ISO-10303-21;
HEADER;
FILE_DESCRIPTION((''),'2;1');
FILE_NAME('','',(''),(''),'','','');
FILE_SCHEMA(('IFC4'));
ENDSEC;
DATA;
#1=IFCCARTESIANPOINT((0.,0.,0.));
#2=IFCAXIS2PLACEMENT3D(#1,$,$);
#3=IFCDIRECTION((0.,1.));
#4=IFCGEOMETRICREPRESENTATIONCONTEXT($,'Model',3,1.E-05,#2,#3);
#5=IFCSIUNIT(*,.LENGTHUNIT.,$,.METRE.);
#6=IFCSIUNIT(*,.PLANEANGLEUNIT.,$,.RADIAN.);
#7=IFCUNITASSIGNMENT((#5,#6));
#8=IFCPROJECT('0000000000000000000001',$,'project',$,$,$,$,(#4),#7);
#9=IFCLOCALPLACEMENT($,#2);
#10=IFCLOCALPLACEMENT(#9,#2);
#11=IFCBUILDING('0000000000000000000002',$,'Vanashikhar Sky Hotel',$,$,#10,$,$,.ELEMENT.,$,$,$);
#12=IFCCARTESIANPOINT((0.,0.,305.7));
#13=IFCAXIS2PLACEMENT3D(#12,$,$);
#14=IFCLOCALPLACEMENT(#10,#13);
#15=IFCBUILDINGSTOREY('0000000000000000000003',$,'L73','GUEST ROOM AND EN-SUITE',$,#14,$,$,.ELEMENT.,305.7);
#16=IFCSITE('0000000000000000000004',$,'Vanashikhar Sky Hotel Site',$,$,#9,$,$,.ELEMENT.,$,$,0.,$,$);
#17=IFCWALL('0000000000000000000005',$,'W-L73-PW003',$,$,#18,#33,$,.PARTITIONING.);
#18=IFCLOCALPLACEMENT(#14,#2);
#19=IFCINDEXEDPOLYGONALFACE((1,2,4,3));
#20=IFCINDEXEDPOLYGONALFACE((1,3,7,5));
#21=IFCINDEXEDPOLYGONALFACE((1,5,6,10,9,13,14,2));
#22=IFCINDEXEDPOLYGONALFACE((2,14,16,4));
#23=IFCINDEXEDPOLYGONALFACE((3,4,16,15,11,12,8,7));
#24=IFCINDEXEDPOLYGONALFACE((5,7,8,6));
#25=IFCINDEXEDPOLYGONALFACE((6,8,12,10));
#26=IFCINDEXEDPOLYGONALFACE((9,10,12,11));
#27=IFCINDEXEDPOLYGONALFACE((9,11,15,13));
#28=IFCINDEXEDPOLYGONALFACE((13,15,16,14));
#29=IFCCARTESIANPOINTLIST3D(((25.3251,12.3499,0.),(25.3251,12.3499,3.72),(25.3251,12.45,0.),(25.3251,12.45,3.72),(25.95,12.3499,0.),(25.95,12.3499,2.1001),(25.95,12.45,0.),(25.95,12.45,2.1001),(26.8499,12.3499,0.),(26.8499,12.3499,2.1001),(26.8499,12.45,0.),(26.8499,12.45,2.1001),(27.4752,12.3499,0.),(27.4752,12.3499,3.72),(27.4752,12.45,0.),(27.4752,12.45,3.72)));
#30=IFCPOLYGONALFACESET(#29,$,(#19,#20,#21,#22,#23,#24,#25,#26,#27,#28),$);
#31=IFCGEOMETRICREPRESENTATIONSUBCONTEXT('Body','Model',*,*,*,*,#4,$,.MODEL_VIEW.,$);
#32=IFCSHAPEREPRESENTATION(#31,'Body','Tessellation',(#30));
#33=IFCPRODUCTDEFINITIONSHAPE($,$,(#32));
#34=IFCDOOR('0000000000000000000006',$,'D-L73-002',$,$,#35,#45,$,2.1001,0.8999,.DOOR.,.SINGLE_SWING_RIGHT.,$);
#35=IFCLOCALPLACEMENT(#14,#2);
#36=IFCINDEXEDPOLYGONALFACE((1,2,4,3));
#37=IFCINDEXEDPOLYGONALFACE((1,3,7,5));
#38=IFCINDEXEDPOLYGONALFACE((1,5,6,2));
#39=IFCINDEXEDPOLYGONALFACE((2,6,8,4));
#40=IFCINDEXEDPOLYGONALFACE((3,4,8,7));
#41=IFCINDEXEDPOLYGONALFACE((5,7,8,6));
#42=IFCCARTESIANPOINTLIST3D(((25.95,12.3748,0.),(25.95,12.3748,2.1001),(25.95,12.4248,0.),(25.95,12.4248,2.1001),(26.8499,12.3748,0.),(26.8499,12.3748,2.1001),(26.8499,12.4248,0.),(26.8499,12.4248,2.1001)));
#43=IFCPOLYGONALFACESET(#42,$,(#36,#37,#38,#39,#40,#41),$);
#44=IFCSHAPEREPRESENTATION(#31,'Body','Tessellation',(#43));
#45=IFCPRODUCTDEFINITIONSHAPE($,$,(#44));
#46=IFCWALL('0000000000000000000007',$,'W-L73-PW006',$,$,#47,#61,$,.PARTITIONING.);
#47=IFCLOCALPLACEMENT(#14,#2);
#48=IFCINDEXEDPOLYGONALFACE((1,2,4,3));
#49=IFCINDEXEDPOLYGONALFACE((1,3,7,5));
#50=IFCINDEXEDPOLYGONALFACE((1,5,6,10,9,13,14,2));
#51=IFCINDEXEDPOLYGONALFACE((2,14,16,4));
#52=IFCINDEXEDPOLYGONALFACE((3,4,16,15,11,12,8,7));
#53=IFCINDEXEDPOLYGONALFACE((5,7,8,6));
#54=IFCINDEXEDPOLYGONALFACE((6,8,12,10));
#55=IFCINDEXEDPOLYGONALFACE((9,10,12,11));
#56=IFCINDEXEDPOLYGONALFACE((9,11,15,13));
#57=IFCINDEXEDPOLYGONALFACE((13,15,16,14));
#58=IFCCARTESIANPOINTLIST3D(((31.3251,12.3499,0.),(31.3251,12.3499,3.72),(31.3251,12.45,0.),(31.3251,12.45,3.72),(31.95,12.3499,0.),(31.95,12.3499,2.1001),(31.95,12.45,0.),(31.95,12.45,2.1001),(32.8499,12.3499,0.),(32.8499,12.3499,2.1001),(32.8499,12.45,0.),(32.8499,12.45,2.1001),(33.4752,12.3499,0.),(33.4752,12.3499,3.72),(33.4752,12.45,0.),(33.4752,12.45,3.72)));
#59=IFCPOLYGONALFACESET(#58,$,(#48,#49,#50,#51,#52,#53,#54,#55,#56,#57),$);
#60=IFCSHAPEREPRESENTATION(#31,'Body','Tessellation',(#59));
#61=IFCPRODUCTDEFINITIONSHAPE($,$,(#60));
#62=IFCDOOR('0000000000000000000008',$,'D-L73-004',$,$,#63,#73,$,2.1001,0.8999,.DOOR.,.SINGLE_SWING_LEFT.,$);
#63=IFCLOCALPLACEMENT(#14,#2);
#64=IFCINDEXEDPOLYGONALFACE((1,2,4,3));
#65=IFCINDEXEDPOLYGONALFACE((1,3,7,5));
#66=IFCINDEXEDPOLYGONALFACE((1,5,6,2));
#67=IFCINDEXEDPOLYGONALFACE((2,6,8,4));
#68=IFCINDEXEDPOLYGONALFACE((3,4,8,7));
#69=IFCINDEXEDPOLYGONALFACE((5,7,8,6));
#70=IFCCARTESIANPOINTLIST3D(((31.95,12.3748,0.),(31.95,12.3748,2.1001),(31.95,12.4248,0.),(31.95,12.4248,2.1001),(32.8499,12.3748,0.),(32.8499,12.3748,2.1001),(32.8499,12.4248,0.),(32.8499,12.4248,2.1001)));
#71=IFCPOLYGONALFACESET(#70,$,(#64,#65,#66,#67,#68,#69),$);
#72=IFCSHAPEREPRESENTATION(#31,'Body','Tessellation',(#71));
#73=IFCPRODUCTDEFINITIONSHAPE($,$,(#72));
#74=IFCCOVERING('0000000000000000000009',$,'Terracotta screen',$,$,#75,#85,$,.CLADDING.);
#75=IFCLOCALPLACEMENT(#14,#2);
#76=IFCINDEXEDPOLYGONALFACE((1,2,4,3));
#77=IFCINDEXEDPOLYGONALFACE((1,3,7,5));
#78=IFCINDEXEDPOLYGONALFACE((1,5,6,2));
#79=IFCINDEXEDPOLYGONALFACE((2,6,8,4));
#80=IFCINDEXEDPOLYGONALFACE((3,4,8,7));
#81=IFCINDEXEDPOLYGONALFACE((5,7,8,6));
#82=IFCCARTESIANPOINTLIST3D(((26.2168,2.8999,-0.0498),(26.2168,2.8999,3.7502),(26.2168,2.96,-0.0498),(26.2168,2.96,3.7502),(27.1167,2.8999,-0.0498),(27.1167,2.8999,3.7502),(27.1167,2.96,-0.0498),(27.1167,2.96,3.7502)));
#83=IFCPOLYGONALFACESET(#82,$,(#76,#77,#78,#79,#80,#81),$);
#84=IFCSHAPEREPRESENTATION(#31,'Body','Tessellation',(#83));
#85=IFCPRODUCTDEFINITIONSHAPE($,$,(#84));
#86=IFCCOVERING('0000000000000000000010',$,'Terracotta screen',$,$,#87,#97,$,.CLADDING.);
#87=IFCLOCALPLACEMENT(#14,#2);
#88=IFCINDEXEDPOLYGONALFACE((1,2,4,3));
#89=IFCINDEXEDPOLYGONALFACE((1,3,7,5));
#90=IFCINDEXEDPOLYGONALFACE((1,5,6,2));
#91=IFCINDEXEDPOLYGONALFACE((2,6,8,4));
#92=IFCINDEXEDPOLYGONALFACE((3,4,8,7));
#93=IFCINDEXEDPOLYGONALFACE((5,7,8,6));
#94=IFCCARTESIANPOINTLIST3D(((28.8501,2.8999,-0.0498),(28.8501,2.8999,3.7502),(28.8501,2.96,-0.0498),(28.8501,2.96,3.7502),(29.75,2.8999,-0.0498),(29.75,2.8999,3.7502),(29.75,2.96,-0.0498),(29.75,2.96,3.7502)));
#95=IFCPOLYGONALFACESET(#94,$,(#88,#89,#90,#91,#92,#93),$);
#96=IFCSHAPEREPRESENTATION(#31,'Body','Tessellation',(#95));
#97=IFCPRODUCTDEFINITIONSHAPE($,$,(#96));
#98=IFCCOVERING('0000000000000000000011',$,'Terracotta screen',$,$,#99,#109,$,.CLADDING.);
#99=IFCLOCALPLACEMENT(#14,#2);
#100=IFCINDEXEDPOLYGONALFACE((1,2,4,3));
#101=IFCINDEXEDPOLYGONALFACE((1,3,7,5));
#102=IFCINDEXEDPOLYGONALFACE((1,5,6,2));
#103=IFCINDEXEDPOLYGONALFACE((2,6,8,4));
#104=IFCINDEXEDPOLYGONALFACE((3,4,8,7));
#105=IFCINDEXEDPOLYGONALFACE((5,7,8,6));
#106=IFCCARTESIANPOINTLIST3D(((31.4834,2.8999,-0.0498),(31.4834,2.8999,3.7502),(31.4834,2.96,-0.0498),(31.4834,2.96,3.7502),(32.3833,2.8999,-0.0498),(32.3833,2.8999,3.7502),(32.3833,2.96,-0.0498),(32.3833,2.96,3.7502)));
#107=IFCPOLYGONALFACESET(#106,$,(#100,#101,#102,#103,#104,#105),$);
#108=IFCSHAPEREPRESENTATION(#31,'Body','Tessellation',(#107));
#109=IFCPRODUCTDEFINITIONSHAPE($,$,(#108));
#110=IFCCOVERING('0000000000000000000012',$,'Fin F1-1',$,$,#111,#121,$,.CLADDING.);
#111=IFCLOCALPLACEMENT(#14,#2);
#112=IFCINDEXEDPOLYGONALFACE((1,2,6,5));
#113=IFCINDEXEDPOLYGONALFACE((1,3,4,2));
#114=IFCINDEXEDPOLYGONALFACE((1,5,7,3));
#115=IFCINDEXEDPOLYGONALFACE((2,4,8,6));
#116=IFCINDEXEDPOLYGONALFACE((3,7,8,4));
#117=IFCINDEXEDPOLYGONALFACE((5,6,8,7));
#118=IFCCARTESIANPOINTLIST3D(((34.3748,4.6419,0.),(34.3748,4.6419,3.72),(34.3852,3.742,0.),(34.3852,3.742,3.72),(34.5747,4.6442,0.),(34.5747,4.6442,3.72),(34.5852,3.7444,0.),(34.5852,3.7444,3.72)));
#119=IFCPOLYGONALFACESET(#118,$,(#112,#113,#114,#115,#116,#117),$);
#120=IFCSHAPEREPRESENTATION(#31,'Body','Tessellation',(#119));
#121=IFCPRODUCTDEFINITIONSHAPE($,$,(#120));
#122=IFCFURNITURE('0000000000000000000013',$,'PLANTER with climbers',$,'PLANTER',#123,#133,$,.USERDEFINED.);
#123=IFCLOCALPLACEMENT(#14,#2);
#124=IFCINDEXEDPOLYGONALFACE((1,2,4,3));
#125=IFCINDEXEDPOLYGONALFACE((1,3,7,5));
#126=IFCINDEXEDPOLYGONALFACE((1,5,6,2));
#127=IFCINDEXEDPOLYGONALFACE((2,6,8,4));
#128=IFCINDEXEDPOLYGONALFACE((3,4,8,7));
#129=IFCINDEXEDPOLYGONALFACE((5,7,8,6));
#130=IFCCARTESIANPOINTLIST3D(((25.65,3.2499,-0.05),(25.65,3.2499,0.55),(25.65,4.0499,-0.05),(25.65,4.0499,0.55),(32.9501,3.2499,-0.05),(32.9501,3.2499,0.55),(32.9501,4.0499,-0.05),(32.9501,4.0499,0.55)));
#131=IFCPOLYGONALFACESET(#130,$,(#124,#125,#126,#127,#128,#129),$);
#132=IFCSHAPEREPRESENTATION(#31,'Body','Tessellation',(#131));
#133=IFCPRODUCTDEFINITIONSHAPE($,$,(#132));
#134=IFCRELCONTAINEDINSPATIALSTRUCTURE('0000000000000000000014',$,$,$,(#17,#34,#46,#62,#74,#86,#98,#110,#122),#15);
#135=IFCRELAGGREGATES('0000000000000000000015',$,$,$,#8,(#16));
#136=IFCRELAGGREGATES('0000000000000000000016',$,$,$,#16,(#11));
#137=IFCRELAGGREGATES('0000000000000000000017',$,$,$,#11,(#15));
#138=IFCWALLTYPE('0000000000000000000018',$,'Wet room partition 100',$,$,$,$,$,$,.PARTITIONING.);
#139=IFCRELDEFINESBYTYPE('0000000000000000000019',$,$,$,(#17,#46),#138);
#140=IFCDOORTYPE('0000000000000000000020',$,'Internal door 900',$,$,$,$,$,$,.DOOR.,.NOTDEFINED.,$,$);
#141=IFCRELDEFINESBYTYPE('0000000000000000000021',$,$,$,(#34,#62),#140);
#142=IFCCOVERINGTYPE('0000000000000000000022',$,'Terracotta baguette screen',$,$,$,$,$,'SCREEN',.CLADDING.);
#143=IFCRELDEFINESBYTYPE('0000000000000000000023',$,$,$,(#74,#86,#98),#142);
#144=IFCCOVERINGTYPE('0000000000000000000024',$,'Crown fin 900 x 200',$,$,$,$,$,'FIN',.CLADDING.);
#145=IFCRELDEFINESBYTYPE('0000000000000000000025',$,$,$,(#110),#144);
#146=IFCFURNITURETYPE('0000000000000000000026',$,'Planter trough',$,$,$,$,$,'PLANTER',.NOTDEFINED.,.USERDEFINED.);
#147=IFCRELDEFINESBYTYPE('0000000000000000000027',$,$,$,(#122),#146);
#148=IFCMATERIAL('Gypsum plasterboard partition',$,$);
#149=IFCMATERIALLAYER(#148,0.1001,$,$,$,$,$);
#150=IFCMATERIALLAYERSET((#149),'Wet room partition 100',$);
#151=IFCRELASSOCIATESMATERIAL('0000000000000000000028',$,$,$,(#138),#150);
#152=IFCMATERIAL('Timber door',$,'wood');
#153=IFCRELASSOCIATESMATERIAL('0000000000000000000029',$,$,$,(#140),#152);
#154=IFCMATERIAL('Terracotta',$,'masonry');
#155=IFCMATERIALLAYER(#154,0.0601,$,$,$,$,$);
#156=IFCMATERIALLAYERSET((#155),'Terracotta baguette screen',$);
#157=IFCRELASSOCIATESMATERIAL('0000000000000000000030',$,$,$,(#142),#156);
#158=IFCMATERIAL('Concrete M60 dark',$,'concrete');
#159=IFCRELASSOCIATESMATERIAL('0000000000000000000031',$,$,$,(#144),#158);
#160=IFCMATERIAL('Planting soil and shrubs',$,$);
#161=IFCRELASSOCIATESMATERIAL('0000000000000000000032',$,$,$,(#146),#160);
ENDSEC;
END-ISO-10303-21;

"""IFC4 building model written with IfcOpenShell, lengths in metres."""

from ifc_helpers import new_model, si_unit, direction, frame, frame_2d, origin, origin_2d, place, context, subcontext, project, spatial, rectangle, extrude, source, transform, mapped, material, layer, layer_set, material_profile, profile_set, type_object, element, fill, save


model = new_model("IFC4")

# Units and contexts
model_context = context("Model", 3, precision=1e-05, world=origin(), true_north=direction((0.0, 1.0)))
body_context = subcontext(model_context, "Body", "Model", "MODEL_VIEW")
ifc_project = project(units=[si_unit("LENGTHUNIT", "METRE"), si_unit("PLANEANGLEUNIT", "RADIAN")], contexts=[model_context])

# Site, building, storey
site_placement = place(None, origin())
site = spatial("IfcSite", under=ifc_project, at=site_placement, Name="Vanashikhar Sky Hotel Site", CompositionType="ELEMENT", RefElevation=0.0)
building_placement = place(site_placement, origin())
building = spatial("IfcBuilding", under=site, at=building_placement, Name="Vanashikhar Sky Hotel", CompositionType="ELEMENT")
storey_placement = place(building_placement, frame((0.0, 0.0, 305.7)))
storey = spatial("IfcBuildingStorey", under=building, at=storey_placement, Name="L73", Description="GUEST ROOM AND EN-SUITE", CompositionType="ELEMENT", Elevation=305.7)

# Shared definitions
ifc_material_1 = material(Name="Gypsum plasterboard partition")
ifc_layer_1 = layer(ifc_material_1, 0.1001)
ifc_layer_set_1 = layer_set([ifc_layer_1], Name="Wet room partition 100")
wall_type_1 = type_object("IfcWallType", Name="Wet room partition 100", PredefinedType="PARTITIONING", material=ifc_layer_set_1)

# Walls, openings, doors
shared_shape_1 = source(origin(), body_context, "Body", "SweptSolid", [
    extrude(rectangle(XDim=2.1501, YDim=0.1001, at=frame_2d((1.0752, 0.0))), origin(), (0.0, 0.0, 1.0), 3.72),
])
wall_1_placement = place(storey_placement, frame((25.325, 12.3999, 0.0), z_axis=(0.0, 0.0, 1.0), x_axis=(1.0, 0.0, 0.0)))
wall_1 = element("IfcWall", 1, at=wall_1_placement, inside=storey, type_object=wall_type_1, Name="W-L73-PW003", PredefinedType="PARTITIONING", context=body_context, shape_type="MappedRepresentation", body=[
    mapped(shared_shape_1, transform((0.0, 0.0, 0.0), scale=1.0)),
])
shared_shape_2 = source(origin(), body_context, "Body", "SweptSolid", [
    extrude(rectangle(XDim=0.8999, YDim=2.1001, at=frame_2d((0.45, 1.05))), frame((0.0, 0.0601, 0.0), z_axis=(0.0, -1.0, 0.0), x_axis=(1.0, 0.0, 0.0)), (0.0, 0.0, 1.0), 0.1201),
])
opening_1_placement = place(wall_1_placement, frame((0.625, 0.0, 0.0)))
opening_1 = element("IfcOpeningElement", 2, at=opening_1_placement, cuts=wall_1, PredefinedType="OPENING", context=body_context, shape_type="MappedRepresentation", body=[
    mapped(shared_shape_2, transform((0.0, 0.0, 0.0), scale=1.0)),
])
ifc_material_2 = material(Name="Timber door", Category="wood")
door_type_1 = type_object("IfcDoorType", Name="Internal door 900", OperationType="NOTDEFINED", PredefinedType="DOOR", material=ifc_material_2)
shared_shape_3 = source(origin(), body_context, "Body", "SweptSolid", [
    extrude(rectangle(XDim=0.8999, YDim=2.1001, at=frame_2d((0.45, 1.05))), frame((0.0, 0.0249, 0.0), z_axis=(0.0, -1.0, 0.0), x_axis=(1.0, 0.0, 0.0)), (0.0, 0.0, 1.0), 0.05),
])
door_1_placement = place(opening_1_placement, origin())
door_1 = element("IfcDoor", 3, at=door_1_placement, inside=storey, type_object=door_type_1, Name="D-L73-002", OperationType="SINGLE_SWING_RIGHT", OverallHeight=2.1001, OverallWidth=0.8999, PredefinedType="DOOR", context=body_context, shape_type="MappedRepresentation", body=[
    mapped(shared_shape_3, transform((0.0, 0.0, 0.0), scale=1.0)),
])
fill(opening_1, door_1)
wall_2_placement = place(storey_placement, frame((31.325, 12.3999, 0.0), z_axis=(0.0, 0.0, 1.0), x_axis=(1.0, 0.0, 0.0)))
wall_2 = element("IfcWall", 4, at=wall_2_placement, inside=storey, type_object=wall_type_1, Name="W-L73-PW006", PredefinedType="PARTITIONING", context=body_context, shape_type="MappedRepresentation", body=[
    mapped(shared_shape_1, transform((0.0, 0.0, 0.0), scale=1.0)),
])
opening_2_placement = place(wall_2_placement, frame((0.625, 0.0, 0.0)))
opening_2 = element("IfcOpeningElement", 5, at=opening_2_placement, cuts=wall_2, PredefinedType="OPENING", context=body_context, shape_type="MappedRepresentation", body=[
    mapped(shared_shape_2, transform((0.0, 0.0, 0.0), scale=1.0)),
])
door_2_placement = place(opening_2_placement, origin())
door_2 = element("IfcDoor", 6, at=door_2_placement, inside=storey, type_object=door_type_1, Name="D-L73-004", OperationType="SINGLE_SWING_LEFT", OverallHeight=2.1001, OverallWidth=0.8999, PredefinedType="DOOR", context=body_context, shape_type="MappedRepresentation", body=[
    mapped(shared_shape_3, transform((0.0, 0.0, 0.0), scale=1.0)),
])
fill(opening_2, door_2)

# Coverings
ifc_material_3 = material(Name="Terracotta", Category="masonry")
ifc_layer_2 = layer(ifc_material_3, 0.0601)
ifc_layer_set_2 = layer_set([ifc_layer_2], Name="Terracotta baguette screen")
covering_type_1 = type_object("IfcCoveringType", Name="Terracotta baguette screen", ElementType="SCREEN", PredefinedType="CLADDING", material=ifc_layer_set_2)
shared_shape_4 = source(origin(), body_context, "Body", "SweptSolid", [
    extrude(rectangle(XDim=0.8999, YDim=0.0601, at=origin_2d()), origin(), (0.0, 0.0, 1.0), 3.8),
])
for number, where, z_axis, x_axis, name in (
    (7, (26.6667, 2.9299, -0.0498), (0.0, 0.0, 1.0), (1.0, 0.0, 0.0), "Terracotta screen"),
    (8, (29.3, 2.9299, -0.0498), (0.0, 0.0, 1.0), (1.0, 0.0, 0.0), "Terracotta screen"),
    (9, (31.9333, 2.9299, -0.0498), (0.0, 0.0, 1.0), (1.0, 0.0, 0.0), "Terracotta screen"),
):
    element("IfcCovering", number, at=place(storey_placement, frame(where, z_axis=z_axis, x_axis=x_axis)), inside=storey, type_object=covering_type_1, Name=name, PredefinedType="CLADDING", context=body_context, shape_type="MappedRepresentation", body=[
        mapped(shared_shape_4, transform((0.0, 0.0, 0.0), scale=1.0)),
    ])
ifc_material_4 = material(Name="Concrete M60 dark", Category="concrete")
ifc_material_profile_1 = material_profile(ifc_material_4, rectangle(XDim=0.8999, YDim=0.2, at=origin_2d()))
ifc_profile_set_1 = profile_set([ifc_material_profile_1], Name="Crown fin 900 x 200")
covering_type_2 = type_object("IfcCoveringType", Name="Crown fin 900 x 200", ElementType="FIN", PredefinedType="CLADDING", material=ifc_profile_set_1)
shared_shape_5 = source(origin(), body_context, "Body", "SweptSolid", [
    extrude(rectangle(XDim=0.8999, YDim=0.2, at=origin_2d()), origin(), (0.0, 0.0, 1.0), 3.72),
])
covering_placement = place(storey_placement, frame((34.48, 4.1931, 0.0), z_axis=(0.0, 0.0, 1.0), x_axis=(0.011589, -0.999933, 0.0)))
element("IfcCovering", 10, at=covering_placement, inside=storey, type_object=covering_type_2, Name="Fin F1-1", PredefinedType="CLADDING", context=body_context, shape_type="MappedRepresentation", body=[
    mapped(shared_shape_5, transform((0.0, 0.0, 0.0), scale=1.0)),
])

# Furniture
ifc_material_5 = material(Name="Planting soil and shrubs")
furniture_type = type_object("IfcFurnitureType", Name="Planter trough", ElementType="PLANTER", AssemblyPlace="NOTDEFINED", PredefinedType="USERDEFINED", material=ifc_material_5)
shared_shape_6 = source(origin(), body_context, "Body", "SweptSolid", [
    extrude(rectangle(XDim=7.3, YDim=0.8, at=origin_2d()), origin(), (0.0, 0.0, 1.0), 0.6001),
])
furniture_placement = place(storey_placement, frame((29.3, 3.6499, -0.05), z_axis=(0.0, 0.0, 1.0), x_axis=(1.0, 0.0, 0.0)))
element("IfcFurniture", 11, at=furniture_placement, inside=storey, type_object=furniture_type, Name="PLANTER with climbers", ObjectType="PLANTER", PredefinedType="USERDEFINED", context=body_context, shape_type="MappedRepresentation", body=[
    mapped(shared_shape_6, transform((0.0, 0.0, 0.0), scale=1.0)),
])

save(model, "model.ifc")
